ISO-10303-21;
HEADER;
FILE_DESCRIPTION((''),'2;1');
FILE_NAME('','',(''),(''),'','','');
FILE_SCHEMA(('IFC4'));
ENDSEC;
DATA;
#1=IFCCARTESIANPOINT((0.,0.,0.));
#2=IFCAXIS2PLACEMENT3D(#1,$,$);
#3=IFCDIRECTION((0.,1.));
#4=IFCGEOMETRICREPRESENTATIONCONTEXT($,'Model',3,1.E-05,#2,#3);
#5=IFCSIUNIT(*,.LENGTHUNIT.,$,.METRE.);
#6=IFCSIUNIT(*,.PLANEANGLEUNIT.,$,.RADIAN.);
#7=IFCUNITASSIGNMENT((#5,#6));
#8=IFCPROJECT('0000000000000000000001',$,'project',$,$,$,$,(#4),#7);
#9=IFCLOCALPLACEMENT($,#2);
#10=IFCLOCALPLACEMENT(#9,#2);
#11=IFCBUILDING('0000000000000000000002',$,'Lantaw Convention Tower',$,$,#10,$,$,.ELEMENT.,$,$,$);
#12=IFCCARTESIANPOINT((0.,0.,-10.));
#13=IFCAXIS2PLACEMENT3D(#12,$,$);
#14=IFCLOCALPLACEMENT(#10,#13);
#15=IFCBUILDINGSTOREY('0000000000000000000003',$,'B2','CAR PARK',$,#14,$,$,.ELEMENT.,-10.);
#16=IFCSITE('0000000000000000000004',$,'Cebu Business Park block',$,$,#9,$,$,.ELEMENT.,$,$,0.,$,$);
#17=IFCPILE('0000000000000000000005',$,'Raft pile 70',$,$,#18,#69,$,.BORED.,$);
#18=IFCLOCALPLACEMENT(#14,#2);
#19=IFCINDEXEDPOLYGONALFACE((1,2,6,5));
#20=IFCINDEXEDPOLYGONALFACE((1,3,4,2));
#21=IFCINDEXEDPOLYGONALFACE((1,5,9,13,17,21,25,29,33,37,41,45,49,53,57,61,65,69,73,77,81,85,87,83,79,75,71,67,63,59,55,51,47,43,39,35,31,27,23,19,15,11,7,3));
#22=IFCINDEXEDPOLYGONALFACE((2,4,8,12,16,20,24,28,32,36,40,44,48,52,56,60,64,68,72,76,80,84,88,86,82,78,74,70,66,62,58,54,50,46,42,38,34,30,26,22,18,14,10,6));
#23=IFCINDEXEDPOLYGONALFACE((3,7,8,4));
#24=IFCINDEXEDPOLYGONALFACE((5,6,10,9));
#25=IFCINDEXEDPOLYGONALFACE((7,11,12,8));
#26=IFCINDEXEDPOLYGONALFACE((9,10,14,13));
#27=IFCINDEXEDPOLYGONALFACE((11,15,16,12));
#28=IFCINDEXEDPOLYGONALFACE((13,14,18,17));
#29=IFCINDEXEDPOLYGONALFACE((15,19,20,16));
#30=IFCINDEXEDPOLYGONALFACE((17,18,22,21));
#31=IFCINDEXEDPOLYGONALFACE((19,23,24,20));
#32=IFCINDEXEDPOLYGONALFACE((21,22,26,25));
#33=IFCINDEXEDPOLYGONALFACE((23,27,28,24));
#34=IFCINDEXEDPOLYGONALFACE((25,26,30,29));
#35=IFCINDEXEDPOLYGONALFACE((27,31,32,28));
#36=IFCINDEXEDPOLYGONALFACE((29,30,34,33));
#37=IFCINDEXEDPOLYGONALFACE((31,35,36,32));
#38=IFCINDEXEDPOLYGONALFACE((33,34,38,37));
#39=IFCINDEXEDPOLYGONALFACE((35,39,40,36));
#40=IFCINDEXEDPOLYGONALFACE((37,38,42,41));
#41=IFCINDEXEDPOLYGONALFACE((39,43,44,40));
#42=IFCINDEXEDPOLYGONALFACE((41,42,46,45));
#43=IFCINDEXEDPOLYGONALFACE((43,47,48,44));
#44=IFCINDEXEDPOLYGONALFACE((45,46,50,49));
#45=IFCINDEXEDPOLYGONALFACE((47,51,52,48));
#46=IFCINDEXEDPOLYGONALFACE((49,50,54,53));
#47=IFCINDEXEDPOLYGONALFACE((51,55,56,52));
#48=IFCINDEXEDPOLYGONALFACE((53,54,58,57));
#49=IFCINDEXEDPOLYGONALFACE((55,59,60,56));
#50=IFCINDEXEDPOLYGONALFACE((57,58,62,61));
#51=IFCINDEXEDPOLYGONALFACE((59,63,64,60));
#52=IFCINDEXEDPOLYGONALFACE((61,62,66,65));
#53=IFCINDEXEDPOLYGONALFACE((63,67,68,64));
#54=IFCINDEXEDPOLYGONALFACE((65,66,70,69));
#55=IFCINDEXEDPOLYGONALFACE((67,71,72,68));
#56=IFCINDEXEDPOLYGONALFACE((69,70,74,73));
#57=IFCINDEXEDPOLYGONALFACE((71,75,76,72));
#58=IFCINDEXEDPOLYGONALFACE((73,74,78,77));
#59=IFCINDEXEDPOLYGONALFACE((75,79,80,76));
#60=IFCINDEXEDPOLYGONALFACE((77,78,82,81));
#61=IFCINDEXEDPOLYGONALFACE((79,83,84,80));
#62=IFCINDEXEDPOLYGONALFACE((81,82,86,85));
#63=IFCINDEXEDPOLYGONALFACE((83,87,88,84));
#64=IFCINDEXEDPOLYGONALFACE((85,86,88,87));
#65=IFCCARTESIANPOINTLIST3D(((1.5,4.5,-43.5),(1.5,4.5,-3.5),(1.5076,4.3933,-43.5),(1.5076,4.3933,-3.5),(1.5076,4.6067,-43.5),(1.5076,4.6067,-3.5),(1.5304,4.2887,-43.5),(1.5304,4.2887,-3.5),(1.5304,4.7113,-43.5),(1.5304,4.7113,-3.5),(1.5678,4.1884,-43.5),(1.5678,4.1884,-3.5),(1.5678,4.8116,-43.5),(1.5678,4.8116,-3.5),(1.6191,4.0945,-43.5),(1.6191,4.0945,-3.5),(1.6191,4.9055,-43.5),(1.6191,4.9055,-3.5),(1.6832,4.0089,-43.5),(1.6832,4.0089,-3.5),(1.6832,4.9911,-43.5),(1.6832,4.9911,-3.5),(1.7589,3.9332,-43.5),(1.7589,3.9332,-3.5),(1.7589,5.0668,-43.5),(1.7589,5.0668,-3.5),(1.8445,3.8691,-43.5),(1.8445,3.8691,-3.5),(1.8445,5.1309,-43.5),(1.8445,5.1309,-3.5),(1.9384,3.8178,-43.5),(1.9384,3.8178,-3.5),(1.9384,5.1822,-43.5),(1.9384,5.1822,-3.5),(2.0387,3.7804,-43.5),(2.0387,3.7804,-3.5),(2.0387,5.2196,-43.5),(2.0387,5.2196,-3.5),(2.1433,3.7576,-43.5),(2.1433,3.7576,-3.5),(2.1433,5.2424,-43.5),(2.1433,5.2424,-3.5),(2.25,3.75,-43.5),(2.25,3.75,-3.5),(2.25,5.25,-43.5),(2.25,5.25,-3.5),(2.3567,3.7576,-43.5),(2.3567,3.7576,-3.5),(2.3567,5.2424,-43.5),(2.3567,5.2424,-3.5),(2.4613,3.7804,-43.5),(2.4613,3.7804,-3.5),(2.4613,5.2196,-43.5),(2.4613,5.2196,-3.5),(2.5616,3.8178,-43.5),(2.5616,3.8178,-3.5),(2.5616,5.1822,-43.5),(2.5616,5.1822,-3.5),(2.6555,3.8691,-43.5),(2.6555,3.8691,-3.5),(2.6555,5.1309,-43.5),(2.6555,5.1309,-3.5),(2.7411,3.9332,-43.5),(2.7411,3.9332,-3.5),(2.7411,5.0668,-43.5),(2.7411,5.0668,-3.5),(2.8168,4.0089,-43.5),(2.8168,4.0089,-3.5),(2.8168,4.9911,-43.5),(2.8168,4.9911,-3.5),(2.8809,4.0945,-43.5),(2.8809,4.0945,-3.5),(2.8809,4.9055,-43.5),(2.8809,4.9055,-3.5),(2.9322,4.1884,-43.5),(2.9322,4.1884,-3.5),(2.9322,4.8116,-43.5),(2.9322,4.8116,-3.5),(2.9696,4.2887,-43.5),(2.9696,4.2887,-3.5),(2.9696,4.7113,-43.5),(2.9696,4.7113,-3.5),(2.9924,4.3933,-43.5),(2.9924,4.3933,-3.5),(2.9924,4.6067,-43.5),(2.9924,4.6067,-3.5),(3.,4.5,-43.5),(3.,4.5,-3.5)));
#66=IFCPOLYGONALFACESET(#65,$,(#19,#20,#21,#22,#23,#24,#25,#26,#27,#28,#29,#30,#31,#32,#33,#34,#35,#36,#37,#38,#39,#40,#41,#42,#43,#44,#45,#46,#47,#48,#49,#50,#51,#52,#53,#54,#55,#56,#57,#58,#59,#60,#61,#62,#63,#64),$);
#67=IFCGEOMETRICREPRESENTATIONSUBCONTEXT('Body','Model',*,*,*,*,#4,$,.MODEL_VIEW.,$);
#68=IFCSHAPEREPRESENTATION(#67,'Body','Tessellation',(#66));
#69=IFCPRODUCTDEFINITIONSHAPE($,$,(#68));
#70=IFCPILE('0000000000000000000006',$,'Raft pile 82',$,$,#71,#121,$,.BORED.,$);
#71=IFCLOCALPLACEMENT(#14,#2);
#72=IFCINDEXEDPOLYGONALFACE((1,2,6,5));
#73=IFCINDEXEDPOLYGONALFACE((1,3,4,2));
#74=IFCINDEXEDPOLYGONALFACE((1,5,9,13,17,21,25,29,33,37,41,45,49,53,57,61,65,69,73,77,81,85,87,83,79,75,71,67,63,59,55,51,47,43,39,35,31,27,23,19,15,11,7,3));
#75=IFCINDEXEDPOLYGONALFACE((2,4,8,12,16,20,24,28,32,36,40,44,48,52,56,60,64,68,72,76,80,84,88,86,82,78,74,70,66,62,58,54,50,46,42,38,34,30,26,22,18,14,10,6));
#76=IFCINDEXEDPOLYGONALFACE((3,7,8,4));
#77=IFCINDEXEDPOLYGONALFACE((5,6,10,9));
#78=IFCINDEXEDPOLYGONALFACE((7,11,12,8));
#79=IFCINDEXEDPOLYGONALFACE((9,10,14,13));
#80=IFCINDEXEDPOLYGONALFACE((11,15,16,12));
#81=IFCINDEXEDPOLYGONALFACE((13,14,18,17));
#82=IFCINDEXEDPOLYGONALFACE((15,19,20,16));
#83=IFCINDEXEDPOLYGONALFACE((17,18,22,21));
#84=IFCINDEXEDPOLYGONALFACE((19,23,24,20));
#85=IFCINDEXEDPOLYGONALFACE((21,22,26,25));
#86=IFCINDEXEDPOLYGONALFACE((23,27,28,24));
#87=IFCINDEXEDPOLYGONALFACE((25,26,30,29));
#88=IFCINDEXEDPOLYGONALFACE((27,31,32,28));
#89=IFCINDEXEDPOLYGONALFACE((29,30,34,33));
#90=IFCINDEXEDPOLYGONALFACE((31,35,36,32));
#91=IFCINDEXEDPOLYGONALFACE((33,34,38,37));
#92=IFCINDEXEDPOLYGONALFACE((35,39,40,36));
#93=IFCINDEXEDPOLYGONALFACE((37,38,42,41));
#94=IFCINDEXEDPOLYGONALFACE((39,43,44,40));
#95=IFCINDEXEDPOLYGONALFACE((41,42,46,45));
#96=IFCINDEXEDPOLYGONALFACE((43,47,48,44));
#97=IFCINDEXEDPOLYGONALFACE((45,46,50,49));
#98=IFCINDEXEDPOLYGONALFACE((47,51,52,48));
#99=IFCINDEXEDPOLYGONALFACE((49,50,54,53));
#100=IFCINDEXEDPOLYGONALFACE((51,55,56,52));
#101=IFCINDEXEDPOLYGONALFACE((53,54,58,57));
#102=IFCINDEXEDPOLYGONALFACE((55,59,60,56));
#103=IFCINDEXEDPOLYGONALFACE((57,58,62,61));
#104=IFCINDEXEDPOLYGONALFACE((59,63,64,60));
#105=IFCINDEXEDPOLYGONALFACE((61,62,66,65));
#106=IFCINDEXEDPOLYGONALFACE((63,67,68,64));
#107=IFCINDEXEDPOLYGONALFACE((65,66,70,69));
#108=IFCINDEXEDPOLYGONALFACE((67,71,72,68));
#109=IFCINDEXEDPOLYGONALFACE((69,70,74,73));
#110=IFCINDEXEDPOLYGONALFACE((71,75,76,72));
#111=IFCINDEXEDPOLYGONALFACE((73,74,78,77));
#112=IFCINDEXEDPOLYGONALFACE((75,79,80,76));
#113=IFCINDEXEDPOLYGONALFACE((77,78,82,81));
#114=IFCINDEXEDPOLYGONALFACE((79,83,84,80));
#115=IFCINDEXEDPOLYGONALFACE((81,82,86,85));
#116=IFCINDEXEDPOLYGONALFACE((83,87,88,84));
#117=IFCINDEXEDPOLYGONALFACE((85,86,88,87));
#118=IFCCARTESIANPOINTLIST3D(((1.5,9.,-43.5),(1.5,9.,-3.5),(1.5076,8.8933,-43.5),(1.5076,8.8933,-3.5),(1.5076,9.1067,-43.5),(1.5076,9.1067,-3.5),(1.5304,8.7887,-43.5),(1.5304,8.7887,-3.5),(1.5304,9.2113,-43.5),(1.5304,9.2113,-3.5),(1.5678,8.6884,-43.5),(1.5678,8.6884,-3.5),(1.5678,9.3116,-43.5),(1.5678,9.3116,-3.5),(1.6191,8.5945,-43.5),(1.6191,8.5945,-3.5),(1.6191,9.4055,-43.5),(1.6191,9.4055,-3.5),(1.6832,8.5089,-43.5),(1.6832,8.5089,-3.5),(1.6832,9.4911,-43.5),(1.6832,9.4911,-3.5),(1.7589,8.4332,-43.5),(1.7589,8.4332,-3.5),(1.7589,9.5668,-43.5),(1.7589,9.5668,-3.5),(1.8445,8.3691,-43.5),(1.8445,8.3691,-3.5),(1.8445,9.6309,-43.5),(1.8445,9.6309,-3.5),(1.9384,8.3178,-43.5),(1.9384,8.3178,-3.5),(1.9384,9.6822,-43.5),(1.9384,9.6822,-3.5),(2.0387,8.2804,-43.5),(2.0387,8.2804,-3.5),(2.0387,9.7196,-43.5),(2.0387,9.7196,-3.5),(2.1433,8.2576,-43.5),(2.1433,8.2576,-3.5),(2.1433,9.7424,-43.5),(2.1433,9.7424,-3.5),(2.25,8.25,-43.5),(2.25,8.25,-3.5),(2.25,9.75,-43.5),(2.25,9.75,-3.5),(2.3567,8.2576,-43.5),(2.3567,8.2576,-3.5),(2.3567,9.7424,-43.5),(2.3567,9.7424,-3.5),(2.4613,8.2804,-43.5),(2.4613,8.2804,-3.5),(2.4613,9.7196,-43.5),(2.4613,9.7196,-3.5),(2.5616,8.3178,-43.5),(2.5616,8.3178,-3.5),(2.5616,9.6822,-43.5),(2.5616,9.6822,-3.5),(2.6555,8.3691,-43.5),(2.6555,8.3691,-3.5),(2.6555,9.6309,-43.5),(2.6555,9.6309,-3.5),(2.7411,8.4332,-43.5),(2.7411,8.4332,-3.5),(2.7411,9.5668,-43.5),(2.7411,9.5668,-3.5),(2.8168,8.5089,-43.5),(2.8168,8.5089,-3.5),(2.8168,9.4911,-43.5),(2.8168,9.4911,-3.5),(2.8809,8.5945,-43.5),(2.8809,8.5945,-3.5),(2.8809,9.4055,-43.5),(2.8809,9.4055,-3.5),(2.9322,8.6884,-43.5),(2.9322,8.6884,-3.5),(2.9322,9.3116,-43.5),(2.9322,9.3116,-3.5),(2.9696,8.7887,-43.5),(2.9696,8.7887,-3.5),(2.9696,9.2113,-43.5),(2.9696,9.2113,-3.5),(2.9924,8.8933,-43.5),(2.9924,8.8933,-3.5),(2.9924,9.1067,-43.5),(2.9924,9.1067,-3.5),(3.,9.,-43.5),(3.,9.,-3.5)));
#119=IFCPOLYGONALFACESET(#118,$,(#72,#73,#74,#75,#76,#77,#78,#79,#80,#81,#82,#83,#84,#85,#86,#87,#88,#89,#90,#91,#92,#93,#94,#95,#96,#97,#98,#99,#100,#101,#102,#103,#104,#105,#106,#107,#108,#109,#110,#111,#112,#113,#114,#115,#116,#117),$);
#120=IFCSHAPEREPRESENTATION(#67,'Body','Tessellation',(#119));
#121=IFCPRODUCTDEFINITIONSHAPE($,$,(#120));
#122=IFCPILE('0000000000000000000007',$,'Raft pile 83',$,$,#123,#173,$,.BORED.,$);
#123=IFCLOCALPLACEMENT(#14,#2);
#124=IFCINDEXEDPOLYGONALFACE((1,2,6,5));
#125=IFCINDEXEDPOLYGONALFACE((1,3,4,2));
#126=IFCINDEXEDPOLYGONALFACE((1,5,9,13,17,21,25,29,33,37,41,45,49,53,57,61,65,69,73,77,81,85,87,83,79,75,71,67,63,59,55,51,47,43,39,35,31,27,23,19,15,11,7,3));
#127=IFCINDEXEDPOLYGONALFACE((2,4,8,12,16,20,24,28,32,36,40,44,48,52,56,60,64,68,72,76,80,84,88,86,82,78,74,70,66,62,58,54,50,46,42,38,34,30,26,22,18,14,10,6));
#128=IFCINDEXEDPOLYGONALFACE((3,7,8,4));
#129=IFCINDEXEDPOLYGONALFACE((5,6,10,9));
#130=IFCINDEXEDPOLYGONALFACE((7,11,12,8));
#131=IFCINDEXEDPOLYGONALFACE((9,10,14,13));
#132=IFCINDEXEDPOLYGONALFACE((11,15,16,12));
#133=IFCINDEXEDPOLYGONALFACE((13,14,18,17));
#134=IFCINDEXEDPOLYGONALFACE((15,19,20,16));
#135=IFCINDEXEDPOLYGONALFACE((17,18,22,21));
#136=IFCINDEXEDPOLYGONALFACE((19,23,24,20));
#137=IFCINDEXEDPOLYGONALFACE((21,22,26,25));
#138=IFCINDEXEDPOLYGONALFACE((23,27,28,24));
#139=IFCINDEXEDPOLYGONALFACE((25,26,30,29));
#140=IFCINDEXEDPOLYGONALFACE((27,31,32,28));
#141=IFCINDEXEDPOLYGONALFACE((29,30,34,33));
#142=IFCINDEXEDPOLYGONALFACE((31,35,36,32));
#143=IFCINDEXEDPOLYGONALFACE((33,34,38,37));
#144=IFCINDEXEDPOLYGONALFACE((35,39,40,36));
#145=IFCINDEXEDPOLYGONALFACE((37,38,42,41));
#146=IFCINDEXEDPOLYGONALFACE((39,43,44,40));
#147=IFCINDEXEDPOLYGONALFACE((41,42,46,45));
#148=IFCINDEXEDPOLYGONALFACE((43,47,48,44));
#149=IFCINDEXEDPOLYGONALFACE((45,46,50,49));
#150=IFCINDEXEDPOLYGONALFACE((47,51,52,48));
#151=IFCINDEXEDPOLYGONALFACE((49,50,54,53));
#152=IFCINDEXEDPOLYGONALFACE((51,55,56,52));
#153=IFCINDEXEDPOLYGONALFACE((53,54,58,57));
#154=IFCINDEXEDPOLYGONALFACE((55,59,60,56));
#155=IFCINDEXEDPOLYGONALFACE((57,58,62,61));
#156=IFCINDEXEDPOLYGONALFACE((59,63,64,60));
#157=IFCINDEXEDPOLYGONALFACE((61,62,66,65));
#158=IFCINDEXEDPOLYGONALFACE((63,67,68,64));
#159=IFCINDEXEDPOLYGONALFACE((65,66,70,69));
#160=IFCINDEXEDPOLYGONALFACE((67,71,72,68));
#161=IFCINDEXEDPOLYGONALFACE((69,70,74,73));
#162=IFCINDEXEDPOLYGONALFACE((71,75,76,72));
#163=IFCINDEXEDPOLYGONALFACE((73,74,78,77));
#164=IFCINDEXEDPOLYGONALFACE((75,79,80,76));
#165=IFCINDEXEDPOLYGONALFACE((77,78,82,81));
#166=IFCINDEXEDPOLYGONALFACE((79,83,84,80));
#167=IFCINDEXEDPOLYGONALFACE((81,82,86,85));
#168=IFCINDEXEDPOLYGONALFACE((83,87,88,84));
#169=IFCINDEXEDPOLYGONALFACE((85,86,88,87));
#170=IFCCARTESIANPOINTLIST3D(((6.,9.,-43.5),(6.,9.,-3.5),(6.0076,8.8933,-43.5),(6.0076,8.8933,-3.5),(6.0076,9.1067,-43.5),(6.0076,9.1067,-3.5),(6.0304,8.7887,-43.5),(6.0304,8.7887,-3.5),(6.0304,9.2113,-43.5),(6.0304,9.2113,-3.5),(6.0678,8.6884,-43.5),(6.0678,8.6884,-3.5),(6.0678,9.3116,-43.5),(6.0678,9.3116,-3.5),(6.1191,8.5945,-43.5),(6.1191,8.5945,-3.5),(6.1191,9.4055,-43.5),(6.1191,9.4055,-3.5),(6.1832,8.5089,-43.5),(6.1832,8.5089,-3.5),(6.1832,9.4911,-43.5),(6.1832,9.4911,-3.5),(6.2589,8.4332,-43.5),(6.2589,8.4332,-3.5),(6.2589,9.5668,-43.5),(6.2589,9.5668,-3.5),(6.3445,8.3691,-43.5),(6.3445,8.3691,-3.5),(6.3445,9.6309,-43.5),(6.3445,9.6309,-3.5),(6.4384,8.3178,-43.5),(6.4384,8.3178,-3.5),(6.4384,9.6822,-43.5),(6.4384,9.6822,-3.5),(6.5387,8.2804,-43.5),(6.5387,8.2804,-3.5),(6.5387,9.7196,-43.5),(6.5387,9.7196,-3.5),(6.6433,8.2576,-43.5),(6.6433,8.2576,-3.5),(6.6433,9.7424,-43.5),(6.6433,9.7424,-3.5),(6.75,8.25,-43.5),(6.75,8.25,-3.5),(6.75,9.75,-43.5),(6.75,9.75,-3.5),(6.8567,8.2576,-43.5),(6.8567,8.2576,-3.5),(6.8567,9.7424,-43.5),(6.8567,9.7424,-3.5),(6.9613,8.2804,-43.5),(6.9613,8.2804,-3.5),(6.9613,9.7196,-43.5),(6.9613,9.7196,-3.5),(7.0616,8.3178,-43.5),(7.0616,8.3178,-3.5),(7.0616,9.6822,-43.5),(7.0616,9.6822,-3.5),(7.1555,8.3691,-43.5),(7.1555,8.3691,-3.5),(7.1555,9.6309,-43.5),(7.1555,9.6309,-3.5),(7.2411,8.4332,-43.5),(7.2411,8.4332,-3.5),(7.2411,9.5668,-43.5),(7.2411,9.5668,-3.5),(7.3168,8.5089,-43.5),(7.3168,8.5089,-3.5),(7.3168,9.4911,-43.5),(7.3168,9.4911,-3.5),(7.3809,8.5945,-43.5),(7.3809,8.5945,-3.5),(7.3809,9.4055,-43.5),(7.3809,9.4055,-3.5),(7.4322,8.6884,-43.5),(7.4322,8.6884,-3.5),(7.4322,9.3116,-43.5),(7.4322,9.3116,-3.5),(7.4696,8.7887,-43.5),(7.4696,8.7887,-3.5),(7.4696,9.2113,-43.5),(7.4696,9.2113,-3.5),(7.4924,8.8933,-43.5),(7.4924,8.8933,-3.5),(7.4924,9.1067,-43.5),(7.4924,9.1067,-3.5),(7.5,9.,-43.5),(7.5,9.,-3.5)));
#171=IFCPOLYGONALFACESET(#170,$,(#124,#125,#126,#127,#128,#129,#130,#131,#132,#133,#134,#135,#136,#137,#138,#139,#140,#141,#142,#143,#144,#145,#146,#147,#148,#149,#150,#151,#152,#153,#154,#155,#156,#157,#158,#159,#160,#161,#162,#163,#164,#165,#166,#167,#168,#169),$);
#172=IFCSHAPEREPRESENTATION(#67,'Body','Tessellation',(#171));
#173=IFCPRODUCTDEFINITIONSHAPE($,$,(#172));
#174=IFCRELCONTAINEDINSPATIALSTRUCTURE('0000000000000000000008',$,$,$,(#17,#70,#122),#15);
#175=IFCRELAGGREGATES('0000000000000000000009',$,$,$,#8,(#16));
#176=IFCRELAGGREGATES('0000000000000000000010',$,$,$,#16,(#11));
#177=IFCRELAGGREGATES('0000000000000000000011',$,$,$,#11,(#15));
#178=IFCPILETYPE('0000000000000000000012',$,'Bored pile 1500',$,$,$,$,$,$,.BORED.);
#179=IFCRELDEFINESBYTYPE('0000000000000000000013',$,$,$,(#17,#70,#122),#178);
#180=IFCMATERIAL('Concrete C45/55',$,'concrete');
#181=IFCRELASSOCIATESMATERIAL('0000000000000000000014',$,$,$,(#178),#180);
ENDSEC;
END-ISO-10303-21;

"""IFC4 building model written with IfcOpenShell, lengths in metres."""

from ifc_helpers import new_model, si_unit, direction, frame, origin, origin_2d, place, context, subcontext, project, spatial, circle, extrude, material, material_profile, profile_set, type_object, element, save


model = new_model("IFC4")

# Units and contexts
model_context = context("Model", 3, precision=1e-05, world=origin(), true_north=direction((0.0, 1.0)))
body_context = subcontext(model_context, "Body", "Model", "MODEL_VIEW")
ifc_project = project(units=[si_unit("LENGTHUNIT", "METRE"), si_unit("PLANEANGLEUNIT", "RADIAN")], contexts=[model_context])

# Site, building, storey
site_placement = place(None, origin())
site = spatial("IfcSite", under=ifc_project, at=site_placement, Name="Cebu Business Park block", CompositionType="ELEMENT", RefElevation=0.0)
building_placement = place(site_placement, origin())
building = spatial("IfcBuilding", under=site, at=building_placement, Name="Lantaw Convention Tower", CompositionType="ELEMENT")
storey_placement = place(building_placement, frame((0.0, 0.0, -10.0)))
storey = spatial("IfcBuildingStorey", under=building, at=storey_placement, Name="B2", Description="CAR PARK", CompositionType="ELEMENT", Elevation=-10.0)

# Piles
ifc_material_1 = material(Name="Concrete C45/55", Category="concrete")
ifc_material_profile_1 = material_profile(ifc_material_1, circle(Radius=0.75, at=origin_2d()), Name="Bored pile 1500")
ifc_profile_set_1 = profile_set([ifc_material_profile_1], Name="Concrete C45/55")
pile_type = type_object("IfcPileType", Name="Bored pile 1500", PredefinedType="BORED", material=ifc_profile_set_1)
for number, where, z_axis, x_axis, name in (
    (1, (2.25, 4.5, -3.5), (0.0, 0.0, -1.0), (1.0, 0.0, 0.0), "Raft pile 70"),
    (2, (2.25, 9.0, -3.5), (0.0, 0.0, -1.0), (1.0, 0.0, 0.0), "Raft pile 82"),
    (3, (6.75, 9.0, -3.5), (0.0, 0.0, -1.0), (1.0, 0.0, 0.0), "Raft pile 83"),
):
    element("IfcPile", number, at=place(storey_placement, frame(where, z_axis=z_axis, x_axis=x_axis)), inside=storey, type_object=pile_type, Name=name, PredefinedType="BORED", context=body_context, shape_type="SweptSolid", body=[
        extrude(circle(Radius=0.75, at=origin_2d()), origin(), (0.0, 0.0, 1.0), 40.0),
    ])

save(model, "model.ifc")
